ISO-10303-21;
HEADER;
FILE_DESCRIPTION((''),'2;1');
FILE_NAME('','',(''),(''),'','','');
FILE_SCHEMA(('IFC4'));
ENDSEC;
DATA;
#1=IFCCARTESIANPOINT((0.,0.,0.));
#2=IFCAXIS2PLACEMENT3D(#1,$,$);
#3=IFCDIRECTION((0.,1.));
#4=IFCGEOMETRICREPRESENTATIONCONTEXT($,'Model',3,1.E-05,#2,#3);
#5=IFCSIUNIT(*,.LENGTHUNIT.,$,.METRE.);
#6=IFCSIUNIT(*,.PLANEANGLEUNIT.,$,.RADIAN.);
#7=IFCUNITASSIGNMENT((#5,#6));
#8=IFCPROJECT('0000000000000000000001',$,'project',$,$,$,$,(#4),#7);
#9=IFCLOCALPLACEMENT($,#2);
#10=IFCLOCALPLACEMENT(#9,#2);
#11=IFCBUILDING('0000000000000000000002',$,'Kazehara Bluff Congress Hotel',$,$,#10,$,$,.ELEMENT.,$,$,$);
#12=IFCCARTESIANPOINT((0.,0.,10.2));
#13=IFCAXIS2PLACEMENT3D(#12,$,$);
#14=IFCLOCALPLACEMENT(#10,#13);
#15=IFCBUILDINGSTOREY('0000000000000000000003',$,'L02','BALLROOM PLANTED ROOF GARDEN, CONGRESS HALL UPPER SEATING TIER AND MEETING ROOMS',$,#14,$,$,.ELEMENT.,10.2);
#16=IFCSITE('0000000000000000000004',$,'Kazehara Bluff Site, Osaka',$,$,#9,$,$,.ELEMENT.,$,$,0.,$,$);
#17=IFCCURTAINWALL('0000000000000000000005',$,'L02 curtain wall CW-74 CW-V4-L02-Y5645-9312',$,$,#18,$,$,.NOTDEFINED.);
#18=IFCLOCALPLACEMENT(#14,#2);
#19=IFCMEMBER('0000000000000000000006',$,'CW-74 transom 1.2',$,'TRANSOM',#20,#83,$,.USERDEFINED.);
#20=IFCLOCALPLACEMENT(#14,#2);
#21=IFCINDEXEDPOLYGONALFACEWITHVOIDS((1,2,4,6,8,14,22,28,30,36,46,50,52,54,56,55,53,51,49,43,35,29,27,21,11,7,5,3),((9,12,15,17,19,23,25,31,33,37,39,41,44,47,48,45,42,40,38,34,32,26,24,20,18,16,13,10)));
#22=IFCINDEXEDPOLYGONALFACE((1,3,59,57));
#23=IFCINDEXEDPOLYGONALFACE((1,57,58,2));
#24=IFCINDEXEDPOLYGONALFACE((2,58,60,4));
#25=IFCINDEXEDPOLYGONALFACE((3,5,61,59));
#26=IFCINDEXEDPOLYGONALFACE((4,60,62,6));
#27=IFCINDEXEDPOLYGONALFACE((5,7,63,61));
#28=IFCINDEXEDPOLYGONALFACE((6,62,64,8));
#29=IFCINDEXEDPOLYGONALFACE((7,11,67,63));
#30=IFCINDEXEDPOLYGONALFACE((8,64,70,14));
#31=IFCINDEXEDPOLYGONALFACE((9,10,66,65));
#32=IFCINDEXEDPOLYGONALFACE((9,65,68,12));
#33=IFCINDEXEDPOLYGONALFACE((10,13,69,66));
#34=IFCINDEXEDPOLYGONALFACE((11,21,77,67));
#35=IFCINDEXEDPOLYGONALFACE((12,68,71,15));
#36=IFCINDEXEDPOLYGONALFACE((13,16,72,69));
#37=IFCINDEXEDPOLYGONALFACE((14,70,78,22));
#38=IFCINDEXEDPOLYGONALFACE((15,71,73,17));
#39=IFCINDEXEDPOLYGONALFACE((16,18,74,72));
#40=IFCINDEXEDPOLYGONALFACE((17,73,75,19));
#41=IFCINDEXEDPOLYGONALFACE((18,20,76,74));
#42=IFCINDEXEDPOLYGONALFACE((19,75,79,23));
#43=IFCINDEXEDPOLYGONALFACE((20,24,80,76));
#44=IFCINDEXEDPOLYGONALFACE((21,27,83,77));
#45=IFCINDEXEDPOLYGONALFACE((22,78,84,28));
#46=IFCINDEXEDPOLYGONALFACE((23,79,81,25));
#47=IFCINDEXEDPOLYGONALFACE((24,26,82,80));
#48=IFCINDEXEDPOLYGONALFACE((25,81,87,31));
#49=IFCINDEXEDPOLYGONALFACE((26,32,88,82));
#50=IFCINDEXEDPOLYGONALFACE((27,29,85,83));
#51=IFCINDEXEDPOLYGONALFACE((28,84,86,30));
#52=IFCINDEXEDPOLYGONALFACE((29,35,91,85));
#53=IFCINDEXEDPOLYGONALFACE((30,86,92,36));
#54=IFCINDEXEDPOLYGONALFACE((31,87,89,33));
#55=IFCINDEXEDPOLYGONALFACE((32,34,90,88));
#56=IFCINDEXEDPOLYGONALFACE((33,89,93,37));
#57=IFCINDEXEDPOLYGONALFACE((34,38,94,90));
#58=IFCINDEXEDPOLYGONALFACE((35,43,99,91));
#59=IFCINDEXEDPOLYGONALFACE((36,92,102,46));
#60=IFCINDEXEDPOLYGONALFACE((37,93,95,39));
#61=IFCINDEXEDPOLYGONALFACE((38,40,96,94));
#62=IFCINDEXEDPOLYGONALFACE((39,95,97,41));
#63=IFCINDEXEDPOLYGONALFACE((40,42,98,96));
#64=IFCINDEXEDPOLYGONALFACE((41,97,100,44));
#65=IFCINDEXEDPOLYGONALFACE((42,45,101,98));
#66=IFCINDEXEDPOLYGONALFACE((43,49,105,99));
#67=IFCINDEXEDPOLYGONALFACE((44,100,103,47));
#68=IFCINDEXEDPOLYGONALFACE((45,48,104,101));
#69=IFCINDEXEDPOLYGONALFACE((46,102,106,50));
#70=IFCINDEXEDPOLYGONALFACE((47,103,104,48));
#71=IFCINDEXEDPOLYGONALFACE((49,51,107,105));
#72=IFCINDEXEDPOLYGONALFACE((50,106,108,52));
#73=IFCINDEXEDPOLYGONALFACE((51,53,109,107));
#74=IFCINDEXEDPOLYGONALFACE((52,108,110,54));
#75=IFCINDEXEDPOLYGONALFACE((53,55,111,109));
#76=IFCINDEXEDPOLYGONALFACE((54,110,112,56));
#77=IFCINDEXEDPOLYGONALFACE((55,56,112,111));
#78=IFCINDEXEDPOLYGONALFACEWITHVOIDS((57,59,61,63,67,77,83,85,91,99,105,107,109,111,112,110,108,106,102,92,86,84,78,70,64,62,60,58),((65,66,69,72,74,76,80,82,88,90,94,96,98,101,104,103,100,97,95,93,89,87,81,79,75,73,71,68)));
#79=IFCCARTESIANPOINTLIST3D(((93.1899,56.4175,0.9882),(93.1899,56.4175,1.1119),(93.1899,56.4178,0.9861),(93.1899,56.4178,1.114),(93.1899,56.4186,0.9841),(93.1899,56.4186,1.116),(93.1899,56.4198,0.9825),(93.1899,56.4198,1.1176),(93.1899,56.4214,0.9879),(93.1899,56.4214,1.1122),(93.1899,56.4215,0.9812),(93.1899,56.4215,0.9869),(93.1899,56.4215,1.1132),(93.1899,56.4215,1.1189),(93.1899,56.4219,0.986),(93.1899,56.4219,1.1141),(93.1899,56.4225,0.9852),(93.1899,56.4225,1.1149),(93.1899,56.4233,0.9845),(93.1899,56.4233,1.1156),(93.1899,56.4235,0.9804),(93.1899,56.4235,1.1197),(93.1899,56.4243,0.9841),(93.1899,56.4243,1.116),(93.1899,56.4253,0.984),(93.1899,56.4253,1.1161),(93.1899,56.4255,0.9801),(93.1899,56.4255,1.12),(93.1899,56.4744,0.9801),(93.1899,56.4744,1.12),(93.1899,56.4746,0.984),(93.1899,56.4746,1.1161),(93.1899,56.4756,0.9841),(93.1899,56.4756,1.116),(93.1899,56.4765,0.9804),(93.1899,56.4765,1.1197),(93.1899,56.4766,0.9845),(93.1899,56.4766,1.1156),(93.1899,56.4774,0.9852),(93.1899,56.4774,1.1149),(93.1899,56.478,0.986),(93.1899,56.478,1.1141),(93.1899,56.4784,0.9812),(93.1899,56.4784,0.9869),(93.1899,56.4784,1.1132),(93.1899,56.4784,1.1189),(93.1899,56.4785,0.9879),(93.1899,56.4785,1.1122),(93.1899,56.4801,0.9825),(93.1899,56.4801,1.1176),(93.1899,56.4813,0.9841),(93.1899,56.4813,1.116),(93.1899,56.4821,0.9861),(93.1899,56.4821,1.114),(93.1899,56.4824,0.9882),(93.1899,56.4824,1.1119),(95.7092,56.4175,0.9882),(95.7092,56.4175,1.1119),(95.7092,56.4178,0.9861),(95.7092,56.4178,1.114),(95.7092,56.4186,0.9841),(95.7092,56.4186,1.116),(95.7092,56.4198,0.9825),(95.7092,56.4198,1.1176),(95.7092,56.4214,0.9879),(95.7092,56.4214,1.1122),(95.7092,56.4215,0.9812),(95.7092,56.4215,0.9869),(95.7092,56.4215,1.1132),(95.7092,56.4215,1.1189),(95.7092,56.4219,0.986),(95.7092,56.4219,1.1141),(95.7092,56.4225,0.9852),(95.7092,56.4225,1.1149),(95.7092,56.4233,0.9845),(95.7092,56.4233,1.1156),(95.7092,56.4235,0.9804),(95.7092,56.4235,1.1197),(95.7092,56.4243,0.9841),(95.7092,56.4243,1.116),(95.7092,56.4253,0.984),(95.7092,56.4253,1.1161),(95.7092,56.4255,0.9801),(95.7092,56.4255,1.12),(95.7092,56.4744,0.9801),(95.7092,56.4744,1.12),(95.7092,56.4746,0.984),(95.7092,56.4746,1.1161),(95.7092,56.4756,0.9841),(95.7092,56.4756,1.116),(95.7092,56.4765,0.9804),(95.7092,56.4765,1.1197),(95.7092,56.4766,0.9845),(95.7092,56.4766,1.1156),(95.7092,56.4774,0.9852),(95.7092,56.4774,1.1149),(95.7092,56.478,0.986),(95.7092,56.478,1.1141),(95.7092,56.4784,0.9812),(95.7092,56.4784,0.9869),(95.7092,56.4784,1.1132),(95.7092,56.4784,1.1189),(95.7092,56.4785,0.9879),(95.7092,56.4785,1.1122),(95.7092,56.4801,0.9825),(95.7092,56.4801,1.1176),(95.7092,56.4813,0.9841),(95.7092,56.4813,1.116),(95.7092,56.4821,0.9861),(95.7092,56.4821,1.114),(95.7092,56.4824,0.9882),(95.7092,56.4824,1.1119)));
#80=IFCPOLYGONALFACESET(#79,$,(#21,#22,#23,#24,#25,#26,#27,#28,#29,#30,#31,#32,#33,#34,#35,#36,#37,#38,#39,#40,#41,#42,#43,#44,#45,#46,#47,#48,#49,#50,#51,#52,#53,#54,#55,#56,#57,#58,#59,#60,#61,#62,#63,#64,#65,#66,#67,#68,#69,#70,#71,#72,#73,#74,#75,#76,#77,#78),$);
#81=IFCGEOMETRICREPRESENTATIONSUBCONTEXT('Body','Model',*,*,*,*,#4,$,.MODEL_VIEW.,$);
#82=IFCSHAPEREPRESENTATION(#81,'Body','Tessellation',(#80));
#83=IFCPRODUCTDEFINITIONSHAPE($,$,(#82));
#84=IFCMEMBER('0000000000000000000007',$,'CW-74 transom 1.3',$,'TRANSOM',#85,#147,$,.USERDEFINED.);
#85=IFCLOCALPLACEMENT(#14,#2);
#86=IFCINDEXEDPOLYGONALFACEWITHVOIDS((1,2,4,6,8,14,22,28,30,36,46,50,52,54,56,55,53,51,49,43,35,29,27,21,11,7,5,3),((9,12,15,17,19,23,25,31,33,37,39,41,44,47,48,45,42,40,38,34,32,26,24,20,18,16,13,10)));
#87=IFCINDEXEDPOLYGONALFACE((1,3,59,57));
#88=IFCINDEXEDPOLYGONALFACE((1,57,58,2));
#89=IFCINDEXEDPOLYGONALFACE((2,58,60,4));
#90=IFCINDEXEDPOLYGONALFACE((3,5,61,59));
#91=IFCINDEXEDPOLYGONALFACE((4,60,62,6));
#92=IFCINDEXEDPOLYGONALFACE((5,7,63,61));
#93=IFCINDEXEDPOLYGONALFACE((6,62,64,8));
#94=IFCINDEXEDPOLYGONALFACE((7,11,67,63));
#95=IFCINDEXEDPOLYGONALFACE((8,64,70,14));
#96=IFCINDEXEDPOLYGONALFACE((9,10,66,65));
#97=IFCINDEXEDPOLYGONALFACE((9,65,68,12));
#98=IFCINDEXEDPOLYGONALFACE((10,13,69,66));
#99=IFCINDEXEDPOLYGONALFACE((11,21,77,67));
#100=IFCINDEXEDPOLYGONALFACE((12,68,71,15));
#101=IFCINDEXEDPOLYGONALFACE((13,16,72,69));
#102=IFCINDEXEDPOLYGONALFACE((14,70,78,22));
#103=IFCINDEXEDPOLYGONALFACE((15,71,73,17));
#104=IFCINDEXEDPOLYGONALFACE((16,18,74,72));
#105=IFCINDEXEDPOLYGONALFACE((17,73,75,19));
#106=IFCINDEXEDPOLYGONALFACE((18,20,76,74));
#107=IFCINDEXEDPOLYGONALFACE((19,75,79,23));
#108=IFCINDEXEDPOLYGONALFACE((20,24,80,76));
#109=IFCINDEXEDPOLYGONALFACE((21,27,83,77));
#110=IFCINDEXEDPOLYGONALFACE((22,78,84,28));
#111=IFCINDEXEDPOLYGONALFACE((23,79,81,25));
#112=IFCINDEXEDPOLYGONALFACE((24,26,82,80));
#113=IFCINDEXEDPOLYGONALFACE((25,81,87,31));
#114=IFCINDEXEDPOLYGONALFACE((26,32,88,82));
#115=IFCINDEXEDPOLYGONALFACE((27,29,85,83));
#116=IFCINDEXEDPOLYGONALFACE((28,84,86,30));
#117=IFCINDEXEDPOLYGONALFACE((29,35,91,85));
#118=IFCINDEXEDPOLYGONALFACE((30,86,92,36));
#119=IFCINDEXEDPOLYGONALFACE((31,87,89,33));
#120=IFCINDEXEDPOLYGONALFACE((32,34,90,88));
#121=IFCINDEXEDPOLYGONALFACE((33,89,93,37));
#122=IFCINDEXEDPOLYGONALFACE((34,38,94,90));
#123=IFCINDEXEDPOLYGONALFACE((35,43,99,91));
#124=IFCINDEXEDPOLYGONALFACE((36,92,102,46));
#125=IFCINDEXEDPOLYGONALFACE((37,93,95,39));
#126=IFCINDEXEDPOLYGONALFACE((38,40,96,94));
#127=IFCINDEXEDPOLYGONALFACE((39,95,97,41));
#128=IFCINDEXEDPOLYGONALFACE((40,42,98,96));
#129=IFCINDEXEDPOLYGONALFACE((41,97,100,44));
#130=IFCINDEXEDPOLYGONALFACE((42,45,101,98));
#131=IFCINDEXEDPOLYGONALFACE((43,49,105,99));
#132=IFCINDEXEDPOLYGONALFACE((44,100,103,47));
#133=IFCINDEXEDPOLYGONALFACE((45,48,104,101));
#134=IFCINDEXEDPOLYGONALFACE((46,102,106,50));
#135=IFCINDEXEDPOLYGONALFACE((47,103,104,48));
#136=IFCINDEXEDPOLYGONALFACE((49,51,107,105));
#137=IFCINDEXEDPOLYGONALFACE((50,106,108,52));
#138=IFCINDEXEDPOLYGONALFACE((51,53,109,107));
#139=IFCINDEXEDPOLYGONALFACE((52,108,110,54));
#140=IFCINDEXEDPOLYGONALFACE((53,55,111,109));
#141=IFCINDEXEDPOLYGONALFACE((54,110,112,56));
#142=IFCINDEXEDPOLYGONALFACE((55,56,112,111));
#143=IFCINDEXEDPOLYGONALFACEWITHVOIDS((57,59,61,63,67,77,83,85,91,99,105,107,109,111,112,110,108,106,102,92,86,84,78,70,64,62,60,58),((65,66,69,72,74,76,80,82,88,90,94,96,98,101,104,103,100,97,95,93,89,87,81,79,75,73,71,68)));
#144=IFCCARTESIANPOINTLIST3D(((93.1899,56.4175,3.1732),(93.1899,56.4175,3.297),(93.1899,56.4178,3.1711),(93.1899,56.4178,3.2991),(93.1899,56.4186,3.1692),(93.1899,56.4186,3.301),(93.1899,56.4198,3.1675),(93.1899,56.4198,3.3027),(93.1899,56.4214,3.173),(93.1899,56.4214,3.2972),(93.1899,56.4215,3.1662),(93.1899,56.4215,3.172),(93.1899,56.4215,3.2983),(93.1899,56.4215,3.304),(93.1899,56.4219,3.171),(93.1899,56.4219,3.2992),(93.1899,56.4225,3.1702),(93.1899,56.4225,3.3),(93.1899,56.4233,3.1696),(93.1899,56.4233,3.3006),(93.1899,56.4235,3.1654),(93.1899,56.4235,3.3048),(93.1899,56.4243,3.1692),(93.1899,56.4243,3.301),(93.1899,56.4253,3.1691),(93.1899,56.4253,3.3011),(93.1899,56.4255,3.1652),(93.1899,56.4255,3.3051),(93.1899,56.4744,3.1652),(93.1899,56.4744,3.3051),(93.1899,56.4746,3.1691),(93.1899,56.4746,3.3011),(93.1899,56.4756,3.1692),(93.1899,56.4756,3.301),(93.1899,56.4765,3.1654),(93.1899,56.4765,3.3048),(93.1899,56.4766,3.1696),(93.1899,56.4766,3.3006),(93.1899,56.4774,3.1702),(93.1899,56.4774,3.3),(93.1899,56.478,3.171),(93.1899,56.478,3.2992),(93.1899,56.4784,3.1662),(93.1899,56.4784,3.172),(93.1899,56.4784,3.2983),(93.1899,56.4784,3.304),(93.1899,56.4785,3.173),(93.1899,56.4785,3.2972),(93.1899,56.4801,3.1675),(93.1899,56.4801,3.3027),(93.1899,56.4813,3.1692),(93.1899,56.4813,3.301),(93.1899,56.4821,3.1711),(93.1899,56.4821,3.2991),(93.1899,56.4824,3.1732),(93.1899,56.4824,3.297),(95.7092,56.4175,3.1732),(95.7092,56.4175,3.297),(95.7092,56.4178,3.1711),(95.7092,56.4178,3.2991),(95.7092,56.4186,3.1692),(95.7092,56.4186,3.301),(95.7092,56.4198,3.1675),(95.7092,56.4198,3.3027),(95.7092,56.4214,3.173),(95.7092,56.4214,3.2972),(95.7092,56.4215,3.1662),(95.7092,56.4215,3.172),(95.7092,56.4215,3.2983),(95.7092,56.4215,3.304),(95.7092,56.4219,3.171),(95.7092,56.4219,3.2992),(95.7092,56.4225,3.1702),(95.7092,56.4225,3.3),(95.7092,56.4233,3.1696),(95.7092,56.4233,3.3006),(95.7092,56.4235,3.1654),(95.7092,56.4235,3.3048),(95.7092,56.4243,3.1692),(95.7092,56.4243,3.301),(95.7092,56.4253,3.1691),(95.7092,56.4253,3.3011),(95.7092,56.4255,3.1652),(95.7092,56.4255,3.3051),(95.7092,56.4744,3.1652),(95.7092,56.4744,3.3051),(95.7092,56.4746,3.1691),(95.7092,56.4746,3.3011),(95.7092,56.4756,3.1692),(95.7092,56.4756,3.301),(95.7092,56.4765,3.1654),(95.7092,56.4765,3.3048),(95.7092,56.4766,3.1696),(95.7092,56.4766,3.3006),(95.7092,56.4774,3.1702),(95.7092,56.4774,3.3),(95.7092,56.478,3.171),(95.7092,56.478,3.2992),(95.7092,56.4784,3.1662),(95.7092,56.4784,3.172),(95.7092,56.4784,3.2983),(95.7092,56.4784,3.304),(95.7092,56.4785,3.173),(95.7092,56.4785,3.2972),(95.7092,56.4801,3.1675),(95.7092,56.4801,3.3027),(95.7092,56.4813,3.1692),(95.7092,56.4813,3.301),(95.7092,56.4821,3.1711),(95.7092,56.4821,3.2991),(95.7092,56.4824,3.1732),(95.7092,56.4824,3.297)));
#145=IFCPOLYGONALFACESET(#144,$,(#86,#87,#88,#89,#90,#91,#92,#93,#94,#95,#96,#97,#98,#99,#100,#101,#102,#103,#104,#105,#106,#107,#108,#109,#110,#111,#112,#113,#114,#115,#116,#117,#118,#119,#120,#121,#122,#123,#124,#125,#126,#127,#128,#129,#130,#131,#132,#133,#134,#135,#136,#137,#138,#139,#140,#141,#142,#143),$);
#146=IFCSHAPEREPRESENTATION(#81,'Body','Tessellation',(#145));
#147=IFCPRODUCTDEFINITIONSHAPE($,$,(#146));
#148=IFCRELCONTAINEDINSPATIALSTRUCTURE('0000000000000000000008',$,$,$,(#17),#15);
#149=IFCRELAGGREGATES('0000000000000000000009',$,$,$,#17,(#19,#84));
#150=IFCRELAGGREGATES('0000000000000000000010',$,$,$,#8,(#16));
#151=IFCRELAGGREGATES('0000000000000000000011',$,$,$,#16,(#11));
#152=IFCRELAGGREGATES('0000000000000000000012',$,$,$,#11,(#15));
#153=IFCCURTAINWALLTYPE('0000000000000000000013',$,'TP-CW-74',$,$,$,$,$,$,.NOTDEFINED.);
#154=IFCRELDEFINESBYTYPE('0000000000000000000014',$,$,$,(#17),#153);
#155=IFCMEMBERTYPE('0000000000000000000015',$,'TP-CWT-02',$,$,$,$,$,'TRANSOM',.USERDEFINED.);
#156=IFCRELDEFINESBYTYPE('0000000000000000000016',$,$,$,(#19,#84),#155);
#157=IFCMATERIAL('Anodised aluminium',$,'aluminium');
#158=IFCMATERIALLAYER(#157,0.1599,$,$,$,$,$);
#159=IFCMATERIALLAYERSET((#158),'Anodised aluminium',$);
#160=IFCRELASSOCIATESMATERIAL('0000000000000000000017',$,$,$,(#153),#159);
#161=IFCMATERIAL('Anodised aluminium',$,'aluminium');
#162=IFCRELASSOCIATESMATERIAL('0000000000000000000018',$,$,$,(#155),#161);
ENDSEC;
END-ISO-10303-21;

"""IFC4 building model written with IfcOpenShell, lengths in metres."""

from ifc_helpers import new_model, si_unit, direction, frame, origin, origin_2d, place, context, subcontext, project, spatial, hollow_rectangle, extrude, material, layer, layer_set, material_profile, profile_set, type_object, element, aggregate, save


model = new_model("IFC4")

# Units and contexts
model_context = context("Model", 3, precision=1e-05, world=origin(), true_north=direction((0.0, 1.0)))
body_context = subcontext(model_context, "Body", "Model", "MODEL_VIEW")
ifc_project = project(units=[si_unit("LENGTHUNIT", "METRE"), si_unit("PLANEANGLEUNIT", "RADIAN")], contexts=[model_context])

# Site, building, storey
site_placement = place(None, origin())
site = spatial("IfcSite", under=ifc_project, at=site_placement, Name="Kazehara Bluff Site, Osaka", CompositionType="ELEMENT", RefElevation=0.0)
building_placement = place(site_placement, origin())
building = spatial("IfcBuilding", under=site, at=building_placement, Name="Kazehara Bluff Congress Hotel", CompositionType="ELEMENT")
storey_placement = place(building_placement, frame((0.0, 0.0, 10.2)))
storey = spatial("IfcBuildingStorey", under=building, at=storey_placement, Name="L02", Description="BALLROOM PLANTED ROOF GARDEN, CONGRESS HALL UPPER SEATING TIER AND MEETING ROOMS", CompositionType="ELEMENT", Elevation=10.2)

# Curtain wall, members
ifc_material_1 = material(Name="Anodised aluminium", Category="aluminium")
ifc_layer_1 = layer(ifc_material_1, 0.1599)
ifc_layer_set_1 = layer_set([ifc_layer_1], Name="Anodised aluminium")
curtain_wall_type_1 = type_object("IfcCurtainWallType", Name="TP-CW-74", PredefinedType="NOTDEFINED", material=ifc_layer_set_1)
curtain_wall_1_placement = place(storey_placement, origin())
curtain_wall_1 = element("IfcCurtainWall", 1, at=curtain_wall_1_placement, inside=storey, type_object=curtain_wall_type_1, Name="L02 curtain wall CW-74 CW-V4-L02-Y5645-9312", PredefinedType="NOTDEFINED")
ifc_material_2 = material(Name="Anodised aluminium", Category="aluminium")
ifc_material_profile_1 = material_profile(ifc_material_2, hollow_rectangle(XDim=0.0649, YDim=0.1399, WallThickness=0.0039, InnerFilletRadius=0.0039, OuterFilletRadius=0.0081, at=origin_2d()))
ifc_profile_set_1 = profile_set([ifc_material_profile_1], Name="Anodised aluminium")
member_type_1 = type_object("IfcMemberType", Name="TP-CWT-02", ElementType="TRANSOM", PredefinedType="USERDEFINED", material=ifc_profile_set_1)
member_1_placement = place(storey_placement, frame((93.1899, 56.45, 1.05), z_axis=(1.0, 0.0, 0.0), x_axis=(0.0, 1.0, 0.0)))
member_1 = element("IfcMember", 2, at=member_1_placement, type_object=member_type_1, Name="CW-74 transom 1.2", ObjectType="TRANSOM", PredefinedType="USERDEFINED", context=body_context, shape_type="SweptSolid", body=[
    extrude(hollow_rectangle(XDim=0.0649, YDim=0.1399, WallThickness=0.0039, InnerFilletRadius=0.0039, OuterFilletRadius=0.0081, at=origin_2d()), origin(), (0.0, 0.0, 1.0), 2.5193),
])
member_2_placement = place(storey_placement, frame((93.1899, 56.45, 3.2351), z_axis=(1.0, 0.0, 0.0), x_axis=(0.0, 1.0, 0.0)))
member_2 = element("IfcMember", 3, at=member_2_placement, type_object=member_type_1, Name="CW-74 transom 1.3", ObjectType="TRANSOM", PredefinedType="USERDEFINED", context=body_context, shape_type="SweptSolid", body=[
    extrude(hollow_rectangle(XDim=0.0649, YDim=0.1399, WallThickness=0.0039, InnerFilletRadius=0.0039, OuterFilletRadius=0.0081, at=origin_2d()), origin(), (0.0, 0.0, 1.0), 2.5193),
])

aggregate(curtain_wall_1, [member_1, member_2])

save(model, "model.ifc")
